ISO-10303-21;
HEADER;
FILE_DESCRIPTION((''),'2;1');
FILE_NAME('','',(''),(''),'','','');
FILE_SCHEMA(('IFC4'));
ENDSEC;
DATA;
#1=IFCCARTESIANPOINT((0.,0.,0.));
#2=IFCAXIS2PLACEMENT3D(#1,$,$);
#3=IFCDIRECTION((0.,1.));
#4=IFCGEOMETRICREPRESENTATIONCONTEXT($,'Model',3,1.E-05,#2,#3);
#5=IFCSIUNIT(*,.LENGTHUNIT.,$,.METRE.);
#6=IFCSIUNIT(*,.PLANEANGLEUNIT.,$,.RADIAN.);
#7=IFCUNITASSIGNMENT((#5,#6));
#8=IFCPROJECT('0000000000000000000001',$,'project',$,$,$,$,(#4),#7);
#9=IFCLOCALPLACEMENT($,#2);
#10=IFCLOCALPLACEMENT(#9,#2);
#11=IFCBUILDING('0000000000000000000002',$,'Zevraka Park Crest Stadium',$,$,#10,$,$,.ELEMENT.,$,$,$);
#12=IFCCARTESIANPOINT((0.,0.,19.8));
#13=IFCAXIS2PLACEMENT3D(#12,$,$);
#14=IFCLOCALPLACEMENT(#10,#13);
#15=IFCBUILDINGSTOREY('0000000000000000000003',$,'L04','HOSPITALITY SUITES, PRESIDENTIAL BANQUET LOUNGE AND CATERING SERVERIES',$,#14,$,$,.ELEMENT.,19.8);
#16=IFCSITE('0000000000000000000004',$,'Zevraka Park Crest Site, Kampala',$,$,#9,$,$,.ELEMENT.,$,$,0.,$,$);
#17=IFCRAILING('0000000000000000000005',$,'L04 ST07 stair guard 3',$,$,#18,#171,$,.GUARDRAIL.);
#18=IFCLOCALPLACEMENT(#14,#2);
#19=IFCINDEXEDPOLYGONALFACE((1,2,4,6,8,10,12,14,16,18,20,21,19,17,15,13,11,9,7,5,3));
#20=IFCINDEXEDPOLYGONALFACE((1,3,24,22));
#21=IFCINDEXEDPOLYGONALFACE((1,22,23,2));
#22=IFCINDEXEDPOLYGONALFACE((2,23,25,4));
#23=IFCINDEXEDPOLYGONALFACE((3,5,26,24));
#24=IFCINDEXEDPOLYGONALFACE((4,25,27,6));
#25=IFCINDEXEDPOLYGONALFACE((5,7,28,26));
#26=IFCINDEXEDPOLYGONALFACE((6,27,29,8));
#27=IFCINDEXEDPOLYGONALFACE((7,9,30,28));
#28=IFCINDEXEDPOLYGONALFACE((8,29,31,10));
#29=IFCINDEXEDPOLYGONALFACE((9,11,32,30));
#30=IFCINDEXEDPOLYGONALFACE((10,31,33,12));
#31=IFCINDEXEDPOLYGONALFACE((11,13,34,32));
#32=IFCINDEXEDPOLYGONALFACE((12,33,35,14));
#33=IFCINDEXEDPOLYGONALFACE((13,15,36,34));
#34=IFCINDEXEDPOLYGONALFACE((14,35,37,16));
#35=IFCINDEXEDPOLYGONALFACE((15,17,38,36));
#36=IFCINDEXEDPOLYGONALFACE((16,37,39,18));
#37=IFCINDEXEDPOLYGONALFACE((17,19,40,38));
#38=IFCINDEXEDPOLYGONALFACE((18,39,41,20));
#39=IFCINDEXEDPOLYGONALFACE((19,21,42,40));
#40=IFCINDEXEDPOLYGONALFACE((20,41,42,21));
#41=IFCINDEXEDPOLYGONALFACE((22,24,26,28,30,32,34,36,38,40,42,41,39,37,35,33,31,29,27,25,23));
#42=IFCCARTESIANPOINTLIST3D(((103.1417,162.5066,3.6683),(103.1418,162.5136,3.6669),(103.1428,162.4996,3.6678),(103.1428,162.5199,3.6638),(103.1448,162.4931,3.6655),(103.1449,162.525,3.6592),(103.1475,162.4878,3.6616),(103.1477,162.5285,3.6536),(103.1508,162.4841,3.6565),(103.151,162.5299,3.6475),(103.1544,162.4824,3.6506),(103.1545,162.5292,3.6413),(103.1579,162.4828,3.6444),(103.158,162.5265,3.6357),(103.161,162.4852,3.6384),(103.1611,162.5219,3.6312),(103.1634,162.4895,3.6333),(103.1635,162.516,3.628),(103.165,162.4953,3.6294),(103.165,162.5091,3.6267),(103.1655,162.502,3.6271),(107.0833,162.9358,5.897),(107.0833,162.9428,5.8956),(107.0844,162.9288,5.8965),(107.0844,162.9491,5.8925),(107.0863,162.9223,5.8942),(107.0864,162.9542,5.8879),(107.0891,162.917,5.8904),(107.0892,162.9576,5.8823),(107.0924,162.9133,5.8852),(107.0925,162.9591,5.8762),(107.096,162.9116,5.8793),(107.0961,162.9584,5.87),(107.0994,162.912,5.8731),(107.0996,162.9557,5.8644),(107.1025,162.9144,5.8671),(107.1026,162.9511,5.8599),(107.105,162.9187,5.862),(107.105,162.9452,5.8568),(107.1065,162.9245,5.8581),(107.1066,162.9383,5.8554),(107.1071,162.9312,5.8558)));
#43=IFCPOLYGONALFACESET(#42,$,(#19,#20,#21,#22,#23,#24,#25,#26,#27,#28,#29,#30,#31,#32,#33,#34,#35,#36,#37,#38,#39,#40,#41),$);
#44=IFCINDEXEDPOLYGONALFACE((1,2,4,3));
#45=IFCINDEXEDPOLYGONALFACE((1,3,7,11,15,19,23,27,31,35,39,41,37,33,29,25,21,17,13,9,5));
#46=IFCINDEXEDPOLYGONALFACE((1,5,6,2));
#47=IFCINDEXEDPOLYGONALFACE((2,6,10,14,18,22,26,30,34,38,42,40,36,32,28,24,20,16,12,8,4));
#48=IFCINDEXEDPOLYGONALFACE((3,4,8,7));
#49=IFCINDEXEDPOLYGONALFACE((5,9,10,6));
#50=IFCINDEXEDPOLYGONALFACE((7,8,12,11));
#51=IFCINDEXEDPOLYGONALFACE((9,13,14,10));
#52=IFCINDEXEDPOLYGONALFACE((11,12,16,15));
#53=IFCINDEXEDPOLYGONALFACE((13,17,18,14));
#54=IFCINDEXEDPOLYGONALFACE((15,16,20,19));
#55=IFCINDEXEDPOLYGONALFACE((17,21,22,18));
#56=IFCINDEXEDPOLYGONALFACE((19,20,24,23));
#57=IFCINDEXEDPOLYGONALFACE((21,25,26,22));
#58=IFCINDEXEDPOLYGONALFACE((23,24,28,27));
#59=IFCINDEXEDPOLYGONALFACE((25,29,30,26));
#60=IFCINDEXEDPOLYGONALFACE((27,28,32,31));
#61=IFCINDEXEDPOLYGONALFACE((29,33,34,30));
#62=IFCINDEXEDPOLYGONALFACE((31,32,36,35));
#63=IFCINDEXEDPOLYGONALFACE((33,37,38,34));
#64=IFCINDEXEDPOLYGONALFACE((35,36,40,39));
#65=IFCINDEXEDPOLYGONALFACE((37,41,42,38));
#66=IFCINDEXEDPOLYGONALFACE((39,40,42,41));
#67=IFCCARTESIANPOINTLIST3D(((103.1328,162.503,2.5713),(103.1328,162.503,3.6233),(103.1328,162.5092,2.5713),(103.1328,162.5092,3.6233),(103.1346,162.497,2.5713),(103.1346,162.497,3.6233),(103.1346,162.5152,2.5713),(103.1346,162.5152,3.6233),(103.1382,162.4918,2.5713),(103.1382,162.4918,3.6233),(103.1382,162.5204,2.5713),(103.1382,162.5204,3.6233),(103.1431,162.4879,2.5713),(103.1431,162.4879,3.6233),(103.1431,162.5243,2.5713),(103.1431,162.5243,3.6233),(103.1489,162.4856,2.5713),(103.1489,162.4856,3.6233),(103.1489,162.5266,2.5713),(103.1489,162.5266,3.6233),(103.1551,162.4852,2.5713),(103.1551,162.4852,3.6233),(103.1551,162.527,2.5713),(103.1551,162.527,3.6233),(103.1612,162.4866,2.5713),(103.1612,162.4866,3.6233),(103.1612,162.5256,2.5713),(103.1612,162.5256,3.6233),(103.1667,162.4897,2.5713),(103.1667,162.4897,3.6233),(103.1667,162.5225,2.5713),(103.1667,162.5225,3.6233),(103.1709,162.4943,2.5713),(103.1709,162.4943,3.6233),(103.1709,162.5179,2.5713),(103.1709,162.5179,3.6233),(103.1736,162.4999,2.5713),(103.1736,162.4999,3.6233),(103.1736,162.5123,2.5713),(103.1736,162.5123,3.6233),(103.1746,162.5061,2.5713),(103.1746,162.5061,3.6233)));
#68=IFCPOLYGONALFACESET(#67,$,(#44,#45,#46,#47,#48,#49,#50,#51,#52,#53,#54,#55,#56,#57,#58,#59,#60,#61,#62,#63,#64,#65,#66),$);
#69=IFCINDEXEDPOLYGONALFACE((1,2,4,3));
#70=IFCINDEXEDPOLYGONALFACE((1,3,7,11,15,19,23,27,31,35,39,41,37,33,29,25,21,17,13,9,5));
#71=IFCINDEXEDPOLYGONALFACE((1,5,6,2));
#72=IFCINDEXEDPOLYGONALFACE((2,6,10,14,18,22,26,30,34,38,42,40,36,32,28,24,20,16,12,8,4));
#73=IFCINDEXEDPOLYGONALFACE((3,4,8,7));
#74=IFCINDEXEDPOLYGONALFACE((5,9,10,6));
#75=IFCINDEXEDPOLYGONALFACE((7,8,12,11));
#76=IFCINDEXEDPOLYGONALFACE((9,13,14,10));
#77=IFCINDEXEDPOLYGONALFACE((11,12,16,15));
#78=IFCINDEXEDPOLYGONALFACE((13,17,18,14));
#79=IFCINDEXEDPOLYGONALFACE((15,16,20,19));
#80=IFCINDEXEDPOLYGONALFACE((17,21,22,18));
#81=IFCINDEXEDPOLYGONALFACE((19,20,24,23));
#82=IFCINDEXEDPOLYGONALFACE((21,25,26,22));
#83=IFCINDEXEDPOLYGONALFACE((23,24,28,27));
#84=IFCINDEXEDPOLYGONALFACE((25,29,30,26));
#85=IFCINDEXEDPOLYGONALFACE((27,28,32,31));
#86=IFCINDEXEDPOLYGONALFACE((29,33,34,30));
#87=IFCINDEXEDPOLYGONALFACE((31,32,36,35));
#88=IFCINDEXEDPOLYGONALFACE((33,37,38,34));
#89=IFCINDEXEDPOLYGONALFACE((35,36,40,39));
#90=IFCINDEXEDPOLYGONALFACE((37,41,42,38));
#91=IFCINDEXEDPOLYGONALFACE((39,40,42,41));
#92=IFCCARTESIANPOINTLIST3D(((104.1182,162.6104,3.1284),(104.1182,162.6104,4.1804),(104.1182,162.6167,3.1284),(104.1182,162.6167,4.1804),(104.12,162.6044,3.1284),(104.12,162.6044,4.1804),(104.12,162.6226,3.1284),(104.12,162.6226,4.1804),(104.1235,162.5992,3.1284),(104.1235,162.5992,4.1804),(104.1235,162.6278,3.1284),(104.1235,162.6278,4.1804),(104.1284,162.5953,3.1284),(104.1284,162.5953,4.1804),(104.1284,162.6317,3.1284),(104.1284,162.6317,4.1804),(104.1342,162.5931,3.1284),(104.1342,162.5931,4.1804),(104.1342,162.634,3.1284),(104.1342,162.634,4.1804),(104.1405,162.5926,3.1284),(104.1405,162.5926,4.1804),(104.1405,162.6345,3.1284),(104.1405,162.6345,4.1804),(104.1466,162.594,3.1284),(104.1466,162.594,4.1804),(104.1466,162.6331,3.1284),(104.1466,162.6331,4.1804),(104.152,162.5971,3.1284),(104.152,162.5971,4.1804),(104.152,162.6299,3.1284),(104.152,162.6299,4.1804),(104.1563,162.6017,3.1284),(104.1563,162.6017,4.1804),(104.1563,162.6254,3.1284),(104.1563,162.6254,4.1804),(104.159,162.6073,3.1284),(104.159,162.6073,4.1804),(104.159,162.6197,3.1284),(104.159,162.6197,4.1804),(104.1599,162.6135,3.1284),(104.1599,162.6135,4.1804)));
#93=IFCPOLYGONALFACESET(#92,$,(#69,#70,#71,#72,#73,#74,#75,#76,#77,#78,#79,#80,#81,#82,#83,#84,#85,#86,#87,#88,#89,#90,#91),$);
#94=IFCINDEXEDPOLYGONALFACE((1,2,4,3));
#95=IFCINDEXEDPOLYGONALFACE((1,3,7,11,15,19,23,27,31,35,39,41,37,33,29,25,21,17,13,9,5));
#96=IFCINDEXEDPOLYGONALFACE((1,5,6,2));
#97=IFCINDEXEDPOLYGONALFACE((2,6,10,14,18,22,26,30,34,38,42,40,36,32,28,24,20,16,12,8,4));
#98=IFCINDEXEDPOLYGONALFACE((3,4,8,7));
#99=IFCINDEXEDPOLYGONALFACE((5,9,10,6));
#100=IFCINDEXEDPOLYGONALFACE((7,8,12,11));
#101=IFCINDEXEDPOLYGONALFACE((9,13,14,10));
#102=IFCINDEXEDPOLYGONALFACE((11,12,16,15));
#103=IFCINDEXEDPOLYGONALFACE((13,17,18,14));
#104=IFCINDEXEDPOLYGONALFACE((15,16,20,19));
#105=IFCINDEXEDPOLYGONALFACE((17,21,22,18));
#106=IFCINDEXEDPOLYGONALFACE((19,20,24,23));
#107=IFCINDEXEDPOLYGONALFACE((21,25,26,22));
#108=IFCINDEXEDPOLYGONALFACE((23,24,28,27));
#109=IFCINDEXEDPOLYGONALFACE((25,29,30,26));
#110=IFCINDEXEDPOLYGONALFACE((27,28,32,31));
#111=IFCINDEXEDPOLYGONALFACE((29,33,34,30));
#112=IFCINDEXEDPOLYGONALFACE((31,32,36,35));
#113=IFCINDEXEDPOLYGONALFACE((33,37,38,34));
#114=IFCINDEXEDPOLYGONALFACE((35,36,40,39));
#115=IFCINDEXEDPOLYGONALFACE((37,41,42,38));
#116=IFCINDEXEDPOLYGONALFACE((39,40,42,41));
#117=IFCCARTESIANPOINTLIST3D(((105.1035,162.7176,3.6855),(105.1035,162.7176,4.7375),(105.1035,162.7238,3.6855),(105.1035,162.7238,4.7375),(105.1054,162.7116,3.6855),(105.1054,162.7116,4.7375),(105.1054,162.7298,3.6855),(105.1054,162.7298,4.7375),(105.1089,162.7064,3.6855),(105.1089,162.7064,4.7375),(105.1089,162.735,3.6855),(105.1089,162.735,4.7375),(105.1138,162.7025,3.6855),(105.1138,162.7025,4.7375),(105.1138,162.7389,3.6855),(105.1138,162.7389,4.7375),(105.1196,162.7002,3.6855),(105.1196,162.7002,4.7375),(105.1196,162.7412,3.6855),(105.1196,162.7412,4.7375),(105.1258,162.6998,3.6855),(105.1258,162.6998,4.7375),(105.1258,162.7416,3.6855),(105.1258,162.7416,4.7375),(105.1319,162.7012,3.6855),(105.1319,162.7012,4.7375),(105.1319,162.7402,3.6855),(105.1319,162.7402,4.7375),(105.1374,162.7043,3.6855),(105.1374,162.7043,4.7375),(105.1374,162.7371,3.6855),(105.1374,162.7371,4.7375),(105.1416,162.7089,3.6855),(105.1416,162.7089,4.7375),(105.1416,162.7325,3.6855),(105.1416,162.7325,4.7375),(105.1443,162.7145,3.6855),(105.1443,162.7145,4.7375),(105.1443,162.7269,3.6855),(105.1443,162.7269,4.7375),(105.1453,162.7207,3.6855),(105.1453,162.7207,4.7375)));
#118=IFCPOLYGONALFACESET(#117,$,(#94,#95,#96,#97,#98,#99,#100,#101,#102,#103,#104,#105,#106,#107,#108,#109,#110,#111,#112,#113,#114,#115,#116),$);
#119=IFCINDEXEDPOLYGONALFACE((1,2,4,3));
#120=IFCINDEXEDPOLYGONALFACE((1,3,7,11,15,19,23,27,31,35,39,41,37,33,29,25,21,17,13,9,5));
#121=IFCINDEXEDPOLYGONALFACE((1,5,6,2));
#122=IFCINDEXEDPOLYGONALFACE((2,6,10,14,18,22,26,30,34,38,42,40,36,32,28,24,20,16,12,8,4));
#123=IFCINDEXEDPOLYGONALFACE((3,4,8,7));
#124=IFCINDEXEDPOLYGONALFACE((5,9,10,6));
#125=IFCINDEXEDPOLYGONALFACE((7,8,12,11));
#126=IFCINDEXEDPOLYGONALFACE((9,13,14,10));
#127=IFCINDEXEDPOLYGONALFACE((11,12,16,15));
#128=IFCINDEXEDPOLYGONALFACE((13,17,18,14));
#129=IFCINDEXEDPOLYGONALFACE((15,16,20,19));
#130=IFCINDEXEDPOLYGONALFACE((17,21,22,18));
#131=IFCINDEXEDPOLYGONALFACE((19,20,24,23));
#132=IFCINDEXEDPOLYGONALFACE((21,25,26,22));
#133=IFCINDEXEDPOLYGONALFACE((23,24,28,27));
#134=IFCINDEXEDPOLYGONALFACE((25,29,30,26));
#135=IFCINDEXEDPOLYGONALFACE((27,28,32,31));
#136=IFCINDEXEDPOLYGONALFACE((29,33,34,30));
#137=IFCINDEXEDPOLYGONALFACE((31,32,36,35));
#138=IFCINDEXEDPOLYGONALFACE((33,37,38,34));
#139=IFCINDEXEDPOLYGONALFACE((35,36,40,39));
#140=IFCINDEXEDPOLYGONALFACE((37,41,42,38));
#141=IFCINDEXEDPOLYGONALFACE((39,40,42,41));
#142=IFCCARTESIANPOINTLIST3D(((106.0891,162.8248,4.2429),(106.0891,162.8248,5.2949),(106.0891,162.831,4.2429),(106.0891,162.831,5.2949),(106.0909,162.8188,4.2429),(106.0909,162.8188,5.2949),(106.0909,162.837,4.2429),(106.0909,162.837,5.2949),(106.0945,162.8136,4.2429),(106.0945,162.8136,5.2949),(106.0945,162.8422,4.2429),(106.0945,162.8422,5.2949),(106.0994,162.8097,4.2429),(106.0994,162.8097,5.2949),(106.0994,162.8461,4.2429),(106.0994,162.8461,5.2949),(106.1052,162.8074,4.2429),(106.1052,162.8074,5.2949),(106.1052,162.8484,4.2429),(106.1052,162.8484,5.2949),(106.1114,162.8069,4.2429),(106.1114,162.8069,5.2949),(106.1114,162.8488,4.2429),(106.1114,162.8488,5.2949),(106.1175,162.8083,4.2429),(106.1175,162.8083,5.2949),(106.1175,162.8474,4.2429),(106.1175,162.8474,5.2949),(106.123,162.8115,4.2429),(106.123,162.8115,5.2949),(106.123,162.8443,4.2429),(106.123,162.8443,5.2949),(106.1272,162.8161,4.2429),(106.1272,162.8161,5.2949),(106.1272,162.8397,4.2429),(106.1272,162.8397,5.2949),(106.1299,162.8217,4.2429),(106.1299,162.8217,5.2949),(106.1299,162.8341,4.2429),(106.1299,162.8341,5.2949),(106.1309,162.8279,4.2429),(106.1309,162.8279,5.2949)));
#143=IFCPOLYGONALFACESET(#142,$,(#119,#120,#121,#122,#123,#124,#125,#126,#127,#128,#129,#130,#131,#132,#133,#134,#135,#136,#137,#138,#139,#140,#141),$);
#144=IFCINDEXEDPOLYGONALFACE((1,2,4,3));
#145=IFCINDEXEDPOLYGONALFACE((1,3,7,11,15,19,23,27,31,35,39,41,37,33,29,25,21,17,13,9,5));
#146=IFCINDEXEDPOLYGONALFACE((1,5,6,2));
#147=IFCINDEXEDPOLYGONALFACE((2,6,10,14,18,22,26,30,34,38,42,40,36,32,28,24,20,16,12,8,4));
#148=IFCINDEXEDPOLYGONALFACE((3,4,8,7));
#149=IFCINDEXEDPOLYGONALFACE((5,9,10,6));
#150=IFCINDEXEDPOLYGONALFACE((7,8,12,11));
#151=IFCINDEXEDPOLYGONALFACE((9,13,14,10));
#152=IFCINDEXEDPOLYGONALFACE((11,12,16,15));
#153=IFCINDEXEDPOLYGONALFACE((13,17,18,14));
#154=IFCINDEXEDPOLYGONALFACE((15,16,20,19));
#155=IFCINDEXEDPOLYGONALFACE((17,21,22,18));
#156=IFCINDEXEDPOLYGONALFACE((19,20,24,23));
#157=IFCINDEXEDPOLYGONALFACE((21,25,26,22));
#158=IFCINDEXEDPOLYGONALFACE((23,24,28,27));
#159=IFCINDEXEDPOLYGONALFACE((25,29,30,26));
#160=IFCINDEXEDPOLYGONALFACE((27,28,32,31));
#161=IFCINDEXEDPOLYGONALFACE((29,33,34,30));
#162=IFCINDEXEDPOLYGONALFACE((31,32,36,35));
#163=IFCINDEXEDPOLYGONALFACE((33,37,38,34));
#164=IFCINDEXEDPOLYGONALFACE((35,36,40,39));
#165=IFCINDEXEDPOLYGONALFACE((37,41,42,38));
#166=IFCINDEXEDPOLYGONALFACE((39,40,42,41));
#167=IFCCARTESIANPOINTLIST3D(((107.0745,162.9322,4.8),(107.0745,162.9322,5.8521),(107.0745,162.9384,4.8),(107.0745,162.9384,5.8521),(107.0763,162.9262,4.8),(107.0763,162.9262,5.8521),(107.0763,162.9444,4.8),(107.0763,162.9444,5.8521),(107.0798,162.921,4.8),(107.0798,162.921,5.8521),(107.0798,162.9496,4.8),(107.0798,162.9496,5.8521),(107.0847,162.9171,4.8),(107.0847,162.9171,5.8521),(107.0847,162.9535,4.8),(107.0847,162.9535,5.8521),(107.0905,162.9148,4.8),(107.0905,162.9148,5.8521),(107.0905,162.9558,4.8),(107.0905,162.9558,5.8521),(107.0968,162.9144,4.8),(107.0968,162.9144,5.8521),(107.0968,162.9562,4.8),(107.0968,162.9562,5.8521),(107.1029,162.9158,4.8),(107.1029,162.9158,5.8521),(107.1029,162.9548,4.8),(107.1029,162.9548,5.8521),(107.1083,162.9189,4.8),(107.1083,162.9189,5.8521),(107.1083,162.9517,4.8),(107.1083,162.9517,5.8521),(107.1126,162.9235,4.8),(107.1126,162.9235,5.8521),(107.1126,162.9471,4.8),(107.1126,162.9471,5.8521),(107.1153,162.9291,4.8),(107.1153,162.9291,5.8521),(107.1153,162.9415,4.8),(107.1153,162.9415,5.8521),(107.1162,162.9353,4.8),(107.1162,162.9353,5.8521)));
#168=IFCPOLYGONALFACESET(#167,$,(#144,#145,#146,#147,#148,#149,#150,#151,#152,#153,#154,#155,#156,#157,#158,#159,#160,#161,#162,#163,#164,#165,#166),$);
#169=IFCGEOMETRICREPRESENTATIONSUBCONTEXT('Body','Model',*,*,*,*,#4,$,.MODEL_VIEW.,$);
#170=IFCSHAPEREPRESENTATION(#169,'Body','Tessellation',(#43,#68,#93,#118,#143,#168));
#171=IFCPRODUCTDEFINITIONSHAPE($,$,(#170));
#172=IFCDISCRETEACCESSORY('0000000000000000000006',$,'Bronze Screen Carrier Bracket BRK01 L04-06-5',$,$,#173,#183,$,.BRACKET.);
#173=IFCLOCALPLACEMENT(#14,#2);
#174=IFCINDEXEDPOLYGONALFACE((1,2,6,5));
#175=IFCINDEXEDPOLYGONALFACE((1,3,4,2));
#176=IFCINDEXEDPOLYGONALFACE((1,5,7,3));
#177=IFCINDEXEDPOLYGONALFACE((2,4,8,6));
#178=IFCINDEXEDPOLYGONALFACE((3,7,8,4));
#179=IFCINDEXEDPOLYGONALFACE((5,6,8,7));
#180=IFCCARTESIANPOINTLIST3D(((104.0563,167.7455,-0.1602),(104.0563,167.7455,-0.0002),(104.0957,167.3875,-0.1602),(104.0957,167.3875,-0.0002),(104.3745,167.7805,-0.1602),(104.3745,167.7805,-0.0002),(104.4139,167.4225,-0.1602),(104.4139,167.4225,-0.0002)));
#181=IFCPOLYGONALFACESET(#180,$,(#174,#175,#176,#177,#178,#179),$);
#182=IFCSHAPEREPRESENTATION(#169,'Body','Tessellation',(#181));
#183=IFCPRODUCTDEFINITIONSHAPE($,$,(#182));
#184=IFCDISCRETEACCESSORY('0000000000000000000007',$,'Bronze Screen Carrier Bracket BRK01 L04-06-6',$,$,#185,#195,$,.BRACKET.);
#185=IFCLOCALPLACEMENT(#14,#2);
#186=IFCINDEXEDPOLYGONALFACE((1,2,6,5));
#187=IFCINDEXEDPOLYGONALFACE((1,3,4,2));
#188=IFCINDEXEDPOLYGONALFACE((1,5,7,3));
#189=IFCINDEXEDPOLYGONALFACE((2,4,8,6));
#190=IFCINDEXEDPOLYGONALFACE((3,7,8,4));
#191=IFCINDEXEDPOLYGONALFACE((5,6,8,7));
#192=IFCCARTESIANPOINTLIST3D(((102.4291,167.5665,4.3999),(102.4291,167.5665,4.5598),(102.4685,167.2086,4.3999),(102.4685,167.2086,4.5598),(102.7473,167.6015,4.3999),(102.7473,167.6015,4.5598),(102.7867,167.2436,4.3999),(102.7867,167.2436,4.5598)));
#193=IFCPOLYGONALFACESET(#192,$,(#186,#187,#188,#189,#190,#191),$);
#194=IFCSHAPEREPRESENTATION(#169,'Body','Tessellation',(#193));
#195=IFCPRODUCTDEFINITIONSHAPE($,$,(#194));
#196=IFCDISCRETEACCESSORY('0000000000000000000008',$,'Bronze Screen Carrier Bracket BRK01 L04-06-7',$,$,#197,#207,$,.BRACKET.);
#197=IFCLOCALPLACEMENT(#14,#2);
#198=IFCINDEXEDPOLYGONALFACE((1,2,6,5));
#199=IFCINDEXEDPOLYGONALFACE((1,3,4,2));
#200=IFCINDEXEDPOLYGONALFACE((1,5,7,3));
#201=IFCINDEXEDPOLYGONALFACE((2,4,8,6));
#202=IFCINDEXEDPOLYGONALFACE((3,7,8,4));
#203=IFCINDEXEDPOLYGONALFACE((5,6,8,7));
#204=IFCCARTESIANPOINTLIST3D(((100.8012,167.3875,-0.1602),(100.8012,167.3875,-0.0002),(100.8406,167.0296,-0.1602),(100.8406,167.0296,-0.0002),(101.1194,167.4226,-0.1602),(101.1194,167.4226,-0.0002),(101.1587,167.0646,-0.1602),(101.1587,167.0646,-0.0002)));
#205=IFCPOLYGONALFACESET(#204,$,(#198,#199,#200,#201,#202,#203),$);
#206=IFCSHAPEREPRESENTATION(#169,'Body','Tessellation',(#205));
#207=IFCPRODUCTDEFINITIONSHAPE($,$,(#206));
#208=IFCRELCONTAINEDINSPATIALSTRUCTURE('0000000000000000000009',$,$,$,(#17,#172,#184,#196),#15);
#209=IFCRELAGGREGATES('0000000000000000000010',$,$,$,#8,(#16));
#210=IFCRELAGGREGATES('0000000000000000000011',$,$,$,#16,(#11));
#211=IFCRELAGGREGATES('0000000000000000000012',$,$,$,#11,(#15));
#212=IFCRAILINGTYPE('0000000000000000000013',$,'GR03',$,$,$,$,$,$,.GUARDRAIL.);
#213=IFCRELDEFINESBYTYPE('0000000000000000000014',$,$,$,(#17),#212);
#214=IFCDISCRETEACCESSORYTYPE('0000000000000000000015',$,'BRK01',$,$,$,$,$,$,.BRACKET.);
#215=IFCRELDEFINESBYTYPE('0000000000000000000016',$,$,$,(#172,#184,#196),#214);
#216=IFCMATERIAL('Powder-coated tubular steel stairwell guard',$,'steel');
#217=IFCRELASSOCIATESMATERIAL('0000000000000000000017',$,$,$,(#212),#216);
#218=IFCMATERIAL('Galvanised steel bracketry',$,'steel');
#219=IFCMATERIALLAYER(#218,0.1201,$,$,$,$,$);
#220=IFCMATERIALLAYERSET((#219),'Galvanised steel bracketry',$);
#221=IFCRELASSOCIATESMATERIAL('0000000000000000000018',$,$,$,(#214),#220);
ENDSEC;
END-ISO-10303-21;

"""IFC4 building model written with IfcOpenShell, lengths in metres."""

from ifc_helpers import new_model, si_unit, direction, frame, origin, origin_2d, place, context, subcontext, project, spatial, rectangle, circle, extrude, material, layer, layer_set, type_object, element, save


model = new_model("IFC4")

# Units and contexts
model_context = context("Model", 3, precision=1e-05, world=origin(), true_north=direction((0.0, 1.0)))
body_context = subcontext(model_context, "Body", "Model", "MODEL_VIEW")
ifc_project = project(units=[si_unit("LENGTHUNIT", "METRE"), si_unit("PLANEANGLEUNIT", "RADIAN")], contexts=[model_context])

# Site, building, storey
site_placement = place(None, origin())
site = spatial("IfcSite", under=ifc_project, at=site_placement, Name="Zevraka Park Crest Site, Kampala", CompositionType="ELEMENT", RefElevation=0.0)
building_placement = place(site_placement, origin())
building = spatial("IfcBuilding", under=site, at=building_placement, Name="Zevraka Park Crest Stadium", CompositionType="ELEMENT")
storey_placement = place(building_placement, frame((0.0, 0.0, 19.8)))
storey = spatial("IfcBuildingStorey", under=building, at=storey_placement, Name="L04", Description="HOSPITALITY SUITES, PRESIDENTIAL BANQUET LOUNGE AND CATERING SERVERIES", CompositionType="ELEMENT", Elevation=19.8)

# Railing
ifc_material_1 = material(Name="Powder-coated tubular steel stairwell guard", Category="steel")
railing_type = type_object("IfcRailingType", Name="GR03", PredefinedType="GUARDRAIL", material=ifc_material_1)
railing_1_placement = place(storey_placement, frame((103.1536, 162.5061, 2.5713)))
element("IfcRailing", 1, at=railing_1_placement, inside=storey, type_object=railing_type, Name="L04 ST07 stair guard 3", PredefinedType="GUARDRAIL", context=body_context, shape_type="SweptSolid", body=[
    extrude(circle(Radius=0.0239, at=origin_2d()), frame((0.0, 0.0, 1.0762), z_axis=(0.866596, 0.094362, 0.490007), x_axis=(-0.108248, 0.994124, 0.0)), (0.0, 0.0, 1.0), 4.5483),
    extrude(circle(Radius=0.021, at=origin_2d()), origin(), (0.0, 0.0, 1.0), 1.052),
    extrude(circle(Radius=0.021, at=origin_2d()), frame((0.9854, 0.1074, 0.5571)), (0.0, 0.0, 1.0), 1.052),
    extrude(circle(Radius=0.021, at=origin_2d()), frame((1.9707, 0.2146, 1.1143)), (0.0, 0.0, 1.0), 1.052),
    extrude(circle(Radius=0.021, at=origin_2d()), frame((2.9563, 0.3218, 1.6716)), (0.0, 0.0, 1.0), 1.052),
    extrude(circle(Radius=0.021, at=origin_2d()), frame((3.9417, 0.4292, 2.2288)), (0.0, 0.0, 1.0), 1.052),
])

# Discrete accessories
ifc_material_2 = material(Name="Galvanised steel bracketry", Category="steel")
ifc_layer_1 = layer(ifc_material_2, 0.1201)
ifc_layer_set_1 = layer_set([ifc_layer_1], Name="Galvanised steel bracketry")
discrete_accessory_type = type_object("IfcDiscreteAccessoryType", Name="BRK01", PredefinedType="BRACKET", material=ifc_layer_set_1)
for number, where, z_axis, x_axis, name in (
    (2, (104.2351, 167.584, -0.1602), (0.0, 0.0, 1.0), (-0.993999, -0.109387, 0.0), "Bronze Screen Carrier Bracket BRK01 L04-06-5"),
    (3, (102.6079, 167.405, 4.3999), (0.0, 0.0, 1.0), (-0.993999, -0.109387, 0.0), "Bronze Screen Carrier Bracket BRK01 L04-06-6"),
    (4, (100.98, 167.2261, -0.1602), (0.0, 0.0, 1.0), (-0.993999, -0.109387, 0.0), "Bronze Screen Carrier Bracket BRK01 L04-06-7"),
):
    element("IfcDiscreteAccessory", number, at=place(storey_placement, frame(where, z_axis=z_axis, x_axis=x_axis)), inside=storey, type_object=discrete_accessory_type, Name=name, PredefinedType="BRACKET", context=body_context, shape_type="SweptSolid", body=[
        extrude(rectangle(XDim=0.3201, YDim=0.3601, at=origin_2d()), origin(), (0.0, 0.0, 1.0), 0.1599),
    ])

save(model, "model.ifc")
